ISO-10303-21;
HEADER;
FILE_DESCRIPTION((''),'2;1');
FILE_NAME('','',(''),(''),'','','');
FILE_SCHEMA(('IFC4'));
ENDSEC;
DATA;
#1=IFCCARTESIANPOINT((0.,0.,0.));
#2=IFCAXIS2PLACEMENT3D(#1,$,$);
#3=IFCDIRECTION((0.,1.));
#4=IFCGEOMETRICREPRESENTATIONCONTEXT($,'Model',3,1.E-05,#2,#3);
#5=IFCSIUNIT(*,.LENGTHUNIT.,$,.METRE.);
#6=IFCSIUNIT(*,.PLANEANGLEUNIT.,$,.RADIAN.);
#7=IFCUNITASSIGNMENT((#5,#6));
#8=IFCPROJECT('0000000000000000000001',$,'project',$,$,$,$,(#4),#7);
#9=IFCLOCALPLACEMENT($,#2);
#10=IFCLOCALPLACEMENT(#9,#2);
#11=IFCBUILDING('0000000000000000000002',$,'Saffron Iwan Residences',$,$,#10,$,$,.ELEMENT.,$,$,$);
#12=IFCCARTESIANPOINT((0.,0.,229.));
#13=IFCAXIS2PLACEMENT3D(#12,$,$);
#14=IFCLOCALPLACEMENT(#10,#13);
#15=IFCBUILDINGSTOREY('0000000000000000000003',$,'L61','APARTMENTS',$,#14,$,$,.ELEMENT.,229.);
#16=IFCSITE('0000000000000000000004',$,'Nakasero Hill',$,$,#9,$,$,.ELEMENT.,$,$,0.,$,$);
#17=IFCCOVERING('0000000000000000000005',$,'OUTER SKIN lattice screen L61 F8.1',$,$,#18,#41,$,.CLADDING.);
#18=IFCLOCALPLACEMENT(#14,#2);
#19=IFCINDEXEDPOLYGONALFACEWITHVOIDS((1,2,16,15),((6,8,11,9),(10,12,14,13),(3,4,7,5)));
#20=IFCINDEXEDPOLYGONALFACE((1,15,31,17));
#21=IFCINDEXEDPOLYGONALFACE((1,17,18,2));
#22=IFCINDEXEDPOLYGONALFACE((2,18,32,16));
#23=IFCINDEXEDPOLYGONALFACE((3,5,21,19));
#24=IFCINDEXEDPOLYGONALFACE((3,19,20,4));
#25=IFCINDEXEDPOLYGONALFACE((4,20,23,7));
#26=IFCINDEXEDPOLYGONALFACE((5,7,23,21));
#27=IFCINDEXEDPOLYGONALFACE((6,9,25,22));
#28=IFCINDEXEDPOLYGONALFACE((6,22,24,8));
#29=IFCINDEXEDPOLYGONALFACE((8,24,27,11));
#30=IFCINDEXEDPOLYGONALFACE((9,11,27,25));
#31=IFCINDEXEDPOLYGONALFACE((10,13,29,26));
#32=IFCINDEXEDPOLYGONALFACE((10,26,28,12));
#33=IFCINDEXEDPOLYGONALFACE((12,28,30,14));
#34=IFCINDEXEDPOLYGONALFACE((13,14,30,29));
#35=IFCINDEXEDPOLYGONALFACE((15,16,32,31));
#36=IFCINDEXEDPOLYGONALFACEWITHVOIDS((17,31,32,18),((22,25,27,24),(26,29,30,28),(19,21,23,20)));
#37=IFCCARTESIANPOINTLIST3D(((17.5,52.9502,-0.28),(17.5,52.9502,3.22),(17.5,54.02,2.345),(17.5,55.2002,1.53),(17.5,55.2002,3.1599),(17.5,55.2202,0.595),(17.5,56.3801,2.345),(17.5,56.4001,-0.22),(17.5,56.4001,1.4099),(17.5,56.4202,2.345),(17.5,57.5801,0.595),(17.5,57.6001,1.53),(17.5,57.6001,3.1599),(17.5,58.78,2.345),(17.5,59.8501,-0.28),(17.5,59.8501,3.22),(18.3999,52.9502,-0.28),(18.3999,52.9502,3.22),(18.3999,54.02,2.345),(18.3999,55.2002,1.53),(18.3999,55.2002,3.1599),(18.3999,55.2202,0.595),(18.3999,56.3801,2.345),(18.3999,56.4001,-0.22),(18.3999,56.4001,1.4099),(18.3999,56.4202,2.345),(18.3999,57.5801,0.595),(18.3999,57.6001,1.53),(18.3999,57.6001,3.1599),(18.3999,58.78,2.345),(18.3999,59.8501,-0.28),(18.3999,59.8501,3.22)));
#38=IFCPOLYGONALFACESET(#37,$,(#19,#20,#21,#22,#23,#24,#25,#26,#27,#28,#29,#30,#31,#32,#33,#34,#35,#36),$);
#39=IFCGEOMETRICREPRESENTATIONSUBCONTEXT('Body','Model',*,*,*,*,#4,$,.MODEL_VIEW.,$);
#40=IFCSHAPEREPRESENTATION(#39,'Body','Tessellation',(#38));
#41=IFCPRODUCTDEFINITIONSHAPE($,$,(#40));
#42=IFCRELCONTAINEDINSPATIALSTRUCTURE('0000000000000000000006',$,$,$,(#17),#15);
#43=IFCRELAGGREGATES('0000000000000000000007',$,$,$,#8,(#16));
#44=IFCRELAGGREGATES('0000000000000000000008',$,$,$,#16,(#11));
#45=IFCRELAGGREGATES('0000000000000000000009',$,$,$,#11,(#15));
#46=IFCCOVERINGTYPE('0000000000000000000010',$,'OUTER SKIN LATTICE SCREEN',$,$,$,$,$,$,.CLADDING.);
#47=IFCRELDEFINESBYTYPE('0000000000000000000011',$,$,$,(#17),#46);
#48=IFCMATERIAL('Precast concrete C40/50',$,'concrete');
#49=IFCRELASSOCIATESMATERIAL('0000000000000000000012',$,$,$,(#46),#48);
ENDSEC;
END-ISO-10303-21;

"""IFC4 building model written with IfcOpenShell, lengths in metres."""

from ifc_helpers import new_model, si_unit, direction, frame, origin, place, context, subcontext, project, spatial, polyline, outline, extrude, material, type_object, element, save


model = new_model("IFC4")

# Units and contexts
model_context = context("Model", 3, precision=1e-05, world=origin(), true_north=direction((0.0, 1.0)))
body_context = subcontext(model_context, "Body", "Model", "MODEL_VIEW")
ifc_project = project(units=[si_unit("LENGTHUNIT", "METRE"), si_unit("PLANEANGLEUNIT", "RADIAN")], contexts=[model_context])

# Site, building, storey
site_placement = place(None, origin())
site = spatial("IfcSite", under=ifc_project, at=site_placement, Name="Nakasero Hill", CompositionType="ELEMENT", RefElevation=0.0)
building_placement = place(site_placement, origin())
building = spatial("IfcBuilding", under=site, at=building_placement, Name="Saffron Iwan Residences", CompositionType="ELEMENT")
storey_placement = place(building_placement, frame((0.0, 0.0, 229.0)))
storey = spatial("IfcBuildingStorey", under=building, at=storey_placement, Name="L61", Description="APARTMENTS", CompositionType="ELEMENT", Elevation=229.0)

# Covering
ifc_material_1 = material(Name="Precast concrete C40/50", Category="concrete")
covering_type = type_object("IfcCoveringType", Name="OUTER SKIN LATTICE SCREEN", PredefinedType="CLADDING", material=ifc_material_1)
covering_placement = place(storey_placement, frame((18.3999, 59.8501, -0.28), z_axis=(-1.0, 0.0, 0.0), x_axis=(0.0, -1.0, 0.0)))
element("IfcCovering", 1, at=covering_placement, inside=storey, type_object=covering_type, Name="OUTER SKIN lattice screen L61 F8.1", PredefinedType="CLADDING", context=body_context, shape_type="SweptSolid", body=[
    extrude(outline(polyline([(0.0, 0.0), (6.8999, 0.0), (6.8999, 3.5), (0.0, 3.5), (0.0, 0.0)]), holes=[polyline([(2.27, 0.875), (3.45, 0.0601), (4.6299, 0.875), (3.45, 1.6899), (2.27, 0.875)]), polyline([(1.0701, 2.625), (2.25, 1.8101), (3.4299, 2.625), (2.25, 3.4399), (1.0701, 2.625)]), polyline([(3.47, 2.625), (4.6499, 1.8101), (5.8301, 2.625), (4.6499, 3.4399), (3.47, 2.625)])]), origin(), (0.0, 0.0, 1.0), 0.8999),
])

save(model, "model.ifc")
